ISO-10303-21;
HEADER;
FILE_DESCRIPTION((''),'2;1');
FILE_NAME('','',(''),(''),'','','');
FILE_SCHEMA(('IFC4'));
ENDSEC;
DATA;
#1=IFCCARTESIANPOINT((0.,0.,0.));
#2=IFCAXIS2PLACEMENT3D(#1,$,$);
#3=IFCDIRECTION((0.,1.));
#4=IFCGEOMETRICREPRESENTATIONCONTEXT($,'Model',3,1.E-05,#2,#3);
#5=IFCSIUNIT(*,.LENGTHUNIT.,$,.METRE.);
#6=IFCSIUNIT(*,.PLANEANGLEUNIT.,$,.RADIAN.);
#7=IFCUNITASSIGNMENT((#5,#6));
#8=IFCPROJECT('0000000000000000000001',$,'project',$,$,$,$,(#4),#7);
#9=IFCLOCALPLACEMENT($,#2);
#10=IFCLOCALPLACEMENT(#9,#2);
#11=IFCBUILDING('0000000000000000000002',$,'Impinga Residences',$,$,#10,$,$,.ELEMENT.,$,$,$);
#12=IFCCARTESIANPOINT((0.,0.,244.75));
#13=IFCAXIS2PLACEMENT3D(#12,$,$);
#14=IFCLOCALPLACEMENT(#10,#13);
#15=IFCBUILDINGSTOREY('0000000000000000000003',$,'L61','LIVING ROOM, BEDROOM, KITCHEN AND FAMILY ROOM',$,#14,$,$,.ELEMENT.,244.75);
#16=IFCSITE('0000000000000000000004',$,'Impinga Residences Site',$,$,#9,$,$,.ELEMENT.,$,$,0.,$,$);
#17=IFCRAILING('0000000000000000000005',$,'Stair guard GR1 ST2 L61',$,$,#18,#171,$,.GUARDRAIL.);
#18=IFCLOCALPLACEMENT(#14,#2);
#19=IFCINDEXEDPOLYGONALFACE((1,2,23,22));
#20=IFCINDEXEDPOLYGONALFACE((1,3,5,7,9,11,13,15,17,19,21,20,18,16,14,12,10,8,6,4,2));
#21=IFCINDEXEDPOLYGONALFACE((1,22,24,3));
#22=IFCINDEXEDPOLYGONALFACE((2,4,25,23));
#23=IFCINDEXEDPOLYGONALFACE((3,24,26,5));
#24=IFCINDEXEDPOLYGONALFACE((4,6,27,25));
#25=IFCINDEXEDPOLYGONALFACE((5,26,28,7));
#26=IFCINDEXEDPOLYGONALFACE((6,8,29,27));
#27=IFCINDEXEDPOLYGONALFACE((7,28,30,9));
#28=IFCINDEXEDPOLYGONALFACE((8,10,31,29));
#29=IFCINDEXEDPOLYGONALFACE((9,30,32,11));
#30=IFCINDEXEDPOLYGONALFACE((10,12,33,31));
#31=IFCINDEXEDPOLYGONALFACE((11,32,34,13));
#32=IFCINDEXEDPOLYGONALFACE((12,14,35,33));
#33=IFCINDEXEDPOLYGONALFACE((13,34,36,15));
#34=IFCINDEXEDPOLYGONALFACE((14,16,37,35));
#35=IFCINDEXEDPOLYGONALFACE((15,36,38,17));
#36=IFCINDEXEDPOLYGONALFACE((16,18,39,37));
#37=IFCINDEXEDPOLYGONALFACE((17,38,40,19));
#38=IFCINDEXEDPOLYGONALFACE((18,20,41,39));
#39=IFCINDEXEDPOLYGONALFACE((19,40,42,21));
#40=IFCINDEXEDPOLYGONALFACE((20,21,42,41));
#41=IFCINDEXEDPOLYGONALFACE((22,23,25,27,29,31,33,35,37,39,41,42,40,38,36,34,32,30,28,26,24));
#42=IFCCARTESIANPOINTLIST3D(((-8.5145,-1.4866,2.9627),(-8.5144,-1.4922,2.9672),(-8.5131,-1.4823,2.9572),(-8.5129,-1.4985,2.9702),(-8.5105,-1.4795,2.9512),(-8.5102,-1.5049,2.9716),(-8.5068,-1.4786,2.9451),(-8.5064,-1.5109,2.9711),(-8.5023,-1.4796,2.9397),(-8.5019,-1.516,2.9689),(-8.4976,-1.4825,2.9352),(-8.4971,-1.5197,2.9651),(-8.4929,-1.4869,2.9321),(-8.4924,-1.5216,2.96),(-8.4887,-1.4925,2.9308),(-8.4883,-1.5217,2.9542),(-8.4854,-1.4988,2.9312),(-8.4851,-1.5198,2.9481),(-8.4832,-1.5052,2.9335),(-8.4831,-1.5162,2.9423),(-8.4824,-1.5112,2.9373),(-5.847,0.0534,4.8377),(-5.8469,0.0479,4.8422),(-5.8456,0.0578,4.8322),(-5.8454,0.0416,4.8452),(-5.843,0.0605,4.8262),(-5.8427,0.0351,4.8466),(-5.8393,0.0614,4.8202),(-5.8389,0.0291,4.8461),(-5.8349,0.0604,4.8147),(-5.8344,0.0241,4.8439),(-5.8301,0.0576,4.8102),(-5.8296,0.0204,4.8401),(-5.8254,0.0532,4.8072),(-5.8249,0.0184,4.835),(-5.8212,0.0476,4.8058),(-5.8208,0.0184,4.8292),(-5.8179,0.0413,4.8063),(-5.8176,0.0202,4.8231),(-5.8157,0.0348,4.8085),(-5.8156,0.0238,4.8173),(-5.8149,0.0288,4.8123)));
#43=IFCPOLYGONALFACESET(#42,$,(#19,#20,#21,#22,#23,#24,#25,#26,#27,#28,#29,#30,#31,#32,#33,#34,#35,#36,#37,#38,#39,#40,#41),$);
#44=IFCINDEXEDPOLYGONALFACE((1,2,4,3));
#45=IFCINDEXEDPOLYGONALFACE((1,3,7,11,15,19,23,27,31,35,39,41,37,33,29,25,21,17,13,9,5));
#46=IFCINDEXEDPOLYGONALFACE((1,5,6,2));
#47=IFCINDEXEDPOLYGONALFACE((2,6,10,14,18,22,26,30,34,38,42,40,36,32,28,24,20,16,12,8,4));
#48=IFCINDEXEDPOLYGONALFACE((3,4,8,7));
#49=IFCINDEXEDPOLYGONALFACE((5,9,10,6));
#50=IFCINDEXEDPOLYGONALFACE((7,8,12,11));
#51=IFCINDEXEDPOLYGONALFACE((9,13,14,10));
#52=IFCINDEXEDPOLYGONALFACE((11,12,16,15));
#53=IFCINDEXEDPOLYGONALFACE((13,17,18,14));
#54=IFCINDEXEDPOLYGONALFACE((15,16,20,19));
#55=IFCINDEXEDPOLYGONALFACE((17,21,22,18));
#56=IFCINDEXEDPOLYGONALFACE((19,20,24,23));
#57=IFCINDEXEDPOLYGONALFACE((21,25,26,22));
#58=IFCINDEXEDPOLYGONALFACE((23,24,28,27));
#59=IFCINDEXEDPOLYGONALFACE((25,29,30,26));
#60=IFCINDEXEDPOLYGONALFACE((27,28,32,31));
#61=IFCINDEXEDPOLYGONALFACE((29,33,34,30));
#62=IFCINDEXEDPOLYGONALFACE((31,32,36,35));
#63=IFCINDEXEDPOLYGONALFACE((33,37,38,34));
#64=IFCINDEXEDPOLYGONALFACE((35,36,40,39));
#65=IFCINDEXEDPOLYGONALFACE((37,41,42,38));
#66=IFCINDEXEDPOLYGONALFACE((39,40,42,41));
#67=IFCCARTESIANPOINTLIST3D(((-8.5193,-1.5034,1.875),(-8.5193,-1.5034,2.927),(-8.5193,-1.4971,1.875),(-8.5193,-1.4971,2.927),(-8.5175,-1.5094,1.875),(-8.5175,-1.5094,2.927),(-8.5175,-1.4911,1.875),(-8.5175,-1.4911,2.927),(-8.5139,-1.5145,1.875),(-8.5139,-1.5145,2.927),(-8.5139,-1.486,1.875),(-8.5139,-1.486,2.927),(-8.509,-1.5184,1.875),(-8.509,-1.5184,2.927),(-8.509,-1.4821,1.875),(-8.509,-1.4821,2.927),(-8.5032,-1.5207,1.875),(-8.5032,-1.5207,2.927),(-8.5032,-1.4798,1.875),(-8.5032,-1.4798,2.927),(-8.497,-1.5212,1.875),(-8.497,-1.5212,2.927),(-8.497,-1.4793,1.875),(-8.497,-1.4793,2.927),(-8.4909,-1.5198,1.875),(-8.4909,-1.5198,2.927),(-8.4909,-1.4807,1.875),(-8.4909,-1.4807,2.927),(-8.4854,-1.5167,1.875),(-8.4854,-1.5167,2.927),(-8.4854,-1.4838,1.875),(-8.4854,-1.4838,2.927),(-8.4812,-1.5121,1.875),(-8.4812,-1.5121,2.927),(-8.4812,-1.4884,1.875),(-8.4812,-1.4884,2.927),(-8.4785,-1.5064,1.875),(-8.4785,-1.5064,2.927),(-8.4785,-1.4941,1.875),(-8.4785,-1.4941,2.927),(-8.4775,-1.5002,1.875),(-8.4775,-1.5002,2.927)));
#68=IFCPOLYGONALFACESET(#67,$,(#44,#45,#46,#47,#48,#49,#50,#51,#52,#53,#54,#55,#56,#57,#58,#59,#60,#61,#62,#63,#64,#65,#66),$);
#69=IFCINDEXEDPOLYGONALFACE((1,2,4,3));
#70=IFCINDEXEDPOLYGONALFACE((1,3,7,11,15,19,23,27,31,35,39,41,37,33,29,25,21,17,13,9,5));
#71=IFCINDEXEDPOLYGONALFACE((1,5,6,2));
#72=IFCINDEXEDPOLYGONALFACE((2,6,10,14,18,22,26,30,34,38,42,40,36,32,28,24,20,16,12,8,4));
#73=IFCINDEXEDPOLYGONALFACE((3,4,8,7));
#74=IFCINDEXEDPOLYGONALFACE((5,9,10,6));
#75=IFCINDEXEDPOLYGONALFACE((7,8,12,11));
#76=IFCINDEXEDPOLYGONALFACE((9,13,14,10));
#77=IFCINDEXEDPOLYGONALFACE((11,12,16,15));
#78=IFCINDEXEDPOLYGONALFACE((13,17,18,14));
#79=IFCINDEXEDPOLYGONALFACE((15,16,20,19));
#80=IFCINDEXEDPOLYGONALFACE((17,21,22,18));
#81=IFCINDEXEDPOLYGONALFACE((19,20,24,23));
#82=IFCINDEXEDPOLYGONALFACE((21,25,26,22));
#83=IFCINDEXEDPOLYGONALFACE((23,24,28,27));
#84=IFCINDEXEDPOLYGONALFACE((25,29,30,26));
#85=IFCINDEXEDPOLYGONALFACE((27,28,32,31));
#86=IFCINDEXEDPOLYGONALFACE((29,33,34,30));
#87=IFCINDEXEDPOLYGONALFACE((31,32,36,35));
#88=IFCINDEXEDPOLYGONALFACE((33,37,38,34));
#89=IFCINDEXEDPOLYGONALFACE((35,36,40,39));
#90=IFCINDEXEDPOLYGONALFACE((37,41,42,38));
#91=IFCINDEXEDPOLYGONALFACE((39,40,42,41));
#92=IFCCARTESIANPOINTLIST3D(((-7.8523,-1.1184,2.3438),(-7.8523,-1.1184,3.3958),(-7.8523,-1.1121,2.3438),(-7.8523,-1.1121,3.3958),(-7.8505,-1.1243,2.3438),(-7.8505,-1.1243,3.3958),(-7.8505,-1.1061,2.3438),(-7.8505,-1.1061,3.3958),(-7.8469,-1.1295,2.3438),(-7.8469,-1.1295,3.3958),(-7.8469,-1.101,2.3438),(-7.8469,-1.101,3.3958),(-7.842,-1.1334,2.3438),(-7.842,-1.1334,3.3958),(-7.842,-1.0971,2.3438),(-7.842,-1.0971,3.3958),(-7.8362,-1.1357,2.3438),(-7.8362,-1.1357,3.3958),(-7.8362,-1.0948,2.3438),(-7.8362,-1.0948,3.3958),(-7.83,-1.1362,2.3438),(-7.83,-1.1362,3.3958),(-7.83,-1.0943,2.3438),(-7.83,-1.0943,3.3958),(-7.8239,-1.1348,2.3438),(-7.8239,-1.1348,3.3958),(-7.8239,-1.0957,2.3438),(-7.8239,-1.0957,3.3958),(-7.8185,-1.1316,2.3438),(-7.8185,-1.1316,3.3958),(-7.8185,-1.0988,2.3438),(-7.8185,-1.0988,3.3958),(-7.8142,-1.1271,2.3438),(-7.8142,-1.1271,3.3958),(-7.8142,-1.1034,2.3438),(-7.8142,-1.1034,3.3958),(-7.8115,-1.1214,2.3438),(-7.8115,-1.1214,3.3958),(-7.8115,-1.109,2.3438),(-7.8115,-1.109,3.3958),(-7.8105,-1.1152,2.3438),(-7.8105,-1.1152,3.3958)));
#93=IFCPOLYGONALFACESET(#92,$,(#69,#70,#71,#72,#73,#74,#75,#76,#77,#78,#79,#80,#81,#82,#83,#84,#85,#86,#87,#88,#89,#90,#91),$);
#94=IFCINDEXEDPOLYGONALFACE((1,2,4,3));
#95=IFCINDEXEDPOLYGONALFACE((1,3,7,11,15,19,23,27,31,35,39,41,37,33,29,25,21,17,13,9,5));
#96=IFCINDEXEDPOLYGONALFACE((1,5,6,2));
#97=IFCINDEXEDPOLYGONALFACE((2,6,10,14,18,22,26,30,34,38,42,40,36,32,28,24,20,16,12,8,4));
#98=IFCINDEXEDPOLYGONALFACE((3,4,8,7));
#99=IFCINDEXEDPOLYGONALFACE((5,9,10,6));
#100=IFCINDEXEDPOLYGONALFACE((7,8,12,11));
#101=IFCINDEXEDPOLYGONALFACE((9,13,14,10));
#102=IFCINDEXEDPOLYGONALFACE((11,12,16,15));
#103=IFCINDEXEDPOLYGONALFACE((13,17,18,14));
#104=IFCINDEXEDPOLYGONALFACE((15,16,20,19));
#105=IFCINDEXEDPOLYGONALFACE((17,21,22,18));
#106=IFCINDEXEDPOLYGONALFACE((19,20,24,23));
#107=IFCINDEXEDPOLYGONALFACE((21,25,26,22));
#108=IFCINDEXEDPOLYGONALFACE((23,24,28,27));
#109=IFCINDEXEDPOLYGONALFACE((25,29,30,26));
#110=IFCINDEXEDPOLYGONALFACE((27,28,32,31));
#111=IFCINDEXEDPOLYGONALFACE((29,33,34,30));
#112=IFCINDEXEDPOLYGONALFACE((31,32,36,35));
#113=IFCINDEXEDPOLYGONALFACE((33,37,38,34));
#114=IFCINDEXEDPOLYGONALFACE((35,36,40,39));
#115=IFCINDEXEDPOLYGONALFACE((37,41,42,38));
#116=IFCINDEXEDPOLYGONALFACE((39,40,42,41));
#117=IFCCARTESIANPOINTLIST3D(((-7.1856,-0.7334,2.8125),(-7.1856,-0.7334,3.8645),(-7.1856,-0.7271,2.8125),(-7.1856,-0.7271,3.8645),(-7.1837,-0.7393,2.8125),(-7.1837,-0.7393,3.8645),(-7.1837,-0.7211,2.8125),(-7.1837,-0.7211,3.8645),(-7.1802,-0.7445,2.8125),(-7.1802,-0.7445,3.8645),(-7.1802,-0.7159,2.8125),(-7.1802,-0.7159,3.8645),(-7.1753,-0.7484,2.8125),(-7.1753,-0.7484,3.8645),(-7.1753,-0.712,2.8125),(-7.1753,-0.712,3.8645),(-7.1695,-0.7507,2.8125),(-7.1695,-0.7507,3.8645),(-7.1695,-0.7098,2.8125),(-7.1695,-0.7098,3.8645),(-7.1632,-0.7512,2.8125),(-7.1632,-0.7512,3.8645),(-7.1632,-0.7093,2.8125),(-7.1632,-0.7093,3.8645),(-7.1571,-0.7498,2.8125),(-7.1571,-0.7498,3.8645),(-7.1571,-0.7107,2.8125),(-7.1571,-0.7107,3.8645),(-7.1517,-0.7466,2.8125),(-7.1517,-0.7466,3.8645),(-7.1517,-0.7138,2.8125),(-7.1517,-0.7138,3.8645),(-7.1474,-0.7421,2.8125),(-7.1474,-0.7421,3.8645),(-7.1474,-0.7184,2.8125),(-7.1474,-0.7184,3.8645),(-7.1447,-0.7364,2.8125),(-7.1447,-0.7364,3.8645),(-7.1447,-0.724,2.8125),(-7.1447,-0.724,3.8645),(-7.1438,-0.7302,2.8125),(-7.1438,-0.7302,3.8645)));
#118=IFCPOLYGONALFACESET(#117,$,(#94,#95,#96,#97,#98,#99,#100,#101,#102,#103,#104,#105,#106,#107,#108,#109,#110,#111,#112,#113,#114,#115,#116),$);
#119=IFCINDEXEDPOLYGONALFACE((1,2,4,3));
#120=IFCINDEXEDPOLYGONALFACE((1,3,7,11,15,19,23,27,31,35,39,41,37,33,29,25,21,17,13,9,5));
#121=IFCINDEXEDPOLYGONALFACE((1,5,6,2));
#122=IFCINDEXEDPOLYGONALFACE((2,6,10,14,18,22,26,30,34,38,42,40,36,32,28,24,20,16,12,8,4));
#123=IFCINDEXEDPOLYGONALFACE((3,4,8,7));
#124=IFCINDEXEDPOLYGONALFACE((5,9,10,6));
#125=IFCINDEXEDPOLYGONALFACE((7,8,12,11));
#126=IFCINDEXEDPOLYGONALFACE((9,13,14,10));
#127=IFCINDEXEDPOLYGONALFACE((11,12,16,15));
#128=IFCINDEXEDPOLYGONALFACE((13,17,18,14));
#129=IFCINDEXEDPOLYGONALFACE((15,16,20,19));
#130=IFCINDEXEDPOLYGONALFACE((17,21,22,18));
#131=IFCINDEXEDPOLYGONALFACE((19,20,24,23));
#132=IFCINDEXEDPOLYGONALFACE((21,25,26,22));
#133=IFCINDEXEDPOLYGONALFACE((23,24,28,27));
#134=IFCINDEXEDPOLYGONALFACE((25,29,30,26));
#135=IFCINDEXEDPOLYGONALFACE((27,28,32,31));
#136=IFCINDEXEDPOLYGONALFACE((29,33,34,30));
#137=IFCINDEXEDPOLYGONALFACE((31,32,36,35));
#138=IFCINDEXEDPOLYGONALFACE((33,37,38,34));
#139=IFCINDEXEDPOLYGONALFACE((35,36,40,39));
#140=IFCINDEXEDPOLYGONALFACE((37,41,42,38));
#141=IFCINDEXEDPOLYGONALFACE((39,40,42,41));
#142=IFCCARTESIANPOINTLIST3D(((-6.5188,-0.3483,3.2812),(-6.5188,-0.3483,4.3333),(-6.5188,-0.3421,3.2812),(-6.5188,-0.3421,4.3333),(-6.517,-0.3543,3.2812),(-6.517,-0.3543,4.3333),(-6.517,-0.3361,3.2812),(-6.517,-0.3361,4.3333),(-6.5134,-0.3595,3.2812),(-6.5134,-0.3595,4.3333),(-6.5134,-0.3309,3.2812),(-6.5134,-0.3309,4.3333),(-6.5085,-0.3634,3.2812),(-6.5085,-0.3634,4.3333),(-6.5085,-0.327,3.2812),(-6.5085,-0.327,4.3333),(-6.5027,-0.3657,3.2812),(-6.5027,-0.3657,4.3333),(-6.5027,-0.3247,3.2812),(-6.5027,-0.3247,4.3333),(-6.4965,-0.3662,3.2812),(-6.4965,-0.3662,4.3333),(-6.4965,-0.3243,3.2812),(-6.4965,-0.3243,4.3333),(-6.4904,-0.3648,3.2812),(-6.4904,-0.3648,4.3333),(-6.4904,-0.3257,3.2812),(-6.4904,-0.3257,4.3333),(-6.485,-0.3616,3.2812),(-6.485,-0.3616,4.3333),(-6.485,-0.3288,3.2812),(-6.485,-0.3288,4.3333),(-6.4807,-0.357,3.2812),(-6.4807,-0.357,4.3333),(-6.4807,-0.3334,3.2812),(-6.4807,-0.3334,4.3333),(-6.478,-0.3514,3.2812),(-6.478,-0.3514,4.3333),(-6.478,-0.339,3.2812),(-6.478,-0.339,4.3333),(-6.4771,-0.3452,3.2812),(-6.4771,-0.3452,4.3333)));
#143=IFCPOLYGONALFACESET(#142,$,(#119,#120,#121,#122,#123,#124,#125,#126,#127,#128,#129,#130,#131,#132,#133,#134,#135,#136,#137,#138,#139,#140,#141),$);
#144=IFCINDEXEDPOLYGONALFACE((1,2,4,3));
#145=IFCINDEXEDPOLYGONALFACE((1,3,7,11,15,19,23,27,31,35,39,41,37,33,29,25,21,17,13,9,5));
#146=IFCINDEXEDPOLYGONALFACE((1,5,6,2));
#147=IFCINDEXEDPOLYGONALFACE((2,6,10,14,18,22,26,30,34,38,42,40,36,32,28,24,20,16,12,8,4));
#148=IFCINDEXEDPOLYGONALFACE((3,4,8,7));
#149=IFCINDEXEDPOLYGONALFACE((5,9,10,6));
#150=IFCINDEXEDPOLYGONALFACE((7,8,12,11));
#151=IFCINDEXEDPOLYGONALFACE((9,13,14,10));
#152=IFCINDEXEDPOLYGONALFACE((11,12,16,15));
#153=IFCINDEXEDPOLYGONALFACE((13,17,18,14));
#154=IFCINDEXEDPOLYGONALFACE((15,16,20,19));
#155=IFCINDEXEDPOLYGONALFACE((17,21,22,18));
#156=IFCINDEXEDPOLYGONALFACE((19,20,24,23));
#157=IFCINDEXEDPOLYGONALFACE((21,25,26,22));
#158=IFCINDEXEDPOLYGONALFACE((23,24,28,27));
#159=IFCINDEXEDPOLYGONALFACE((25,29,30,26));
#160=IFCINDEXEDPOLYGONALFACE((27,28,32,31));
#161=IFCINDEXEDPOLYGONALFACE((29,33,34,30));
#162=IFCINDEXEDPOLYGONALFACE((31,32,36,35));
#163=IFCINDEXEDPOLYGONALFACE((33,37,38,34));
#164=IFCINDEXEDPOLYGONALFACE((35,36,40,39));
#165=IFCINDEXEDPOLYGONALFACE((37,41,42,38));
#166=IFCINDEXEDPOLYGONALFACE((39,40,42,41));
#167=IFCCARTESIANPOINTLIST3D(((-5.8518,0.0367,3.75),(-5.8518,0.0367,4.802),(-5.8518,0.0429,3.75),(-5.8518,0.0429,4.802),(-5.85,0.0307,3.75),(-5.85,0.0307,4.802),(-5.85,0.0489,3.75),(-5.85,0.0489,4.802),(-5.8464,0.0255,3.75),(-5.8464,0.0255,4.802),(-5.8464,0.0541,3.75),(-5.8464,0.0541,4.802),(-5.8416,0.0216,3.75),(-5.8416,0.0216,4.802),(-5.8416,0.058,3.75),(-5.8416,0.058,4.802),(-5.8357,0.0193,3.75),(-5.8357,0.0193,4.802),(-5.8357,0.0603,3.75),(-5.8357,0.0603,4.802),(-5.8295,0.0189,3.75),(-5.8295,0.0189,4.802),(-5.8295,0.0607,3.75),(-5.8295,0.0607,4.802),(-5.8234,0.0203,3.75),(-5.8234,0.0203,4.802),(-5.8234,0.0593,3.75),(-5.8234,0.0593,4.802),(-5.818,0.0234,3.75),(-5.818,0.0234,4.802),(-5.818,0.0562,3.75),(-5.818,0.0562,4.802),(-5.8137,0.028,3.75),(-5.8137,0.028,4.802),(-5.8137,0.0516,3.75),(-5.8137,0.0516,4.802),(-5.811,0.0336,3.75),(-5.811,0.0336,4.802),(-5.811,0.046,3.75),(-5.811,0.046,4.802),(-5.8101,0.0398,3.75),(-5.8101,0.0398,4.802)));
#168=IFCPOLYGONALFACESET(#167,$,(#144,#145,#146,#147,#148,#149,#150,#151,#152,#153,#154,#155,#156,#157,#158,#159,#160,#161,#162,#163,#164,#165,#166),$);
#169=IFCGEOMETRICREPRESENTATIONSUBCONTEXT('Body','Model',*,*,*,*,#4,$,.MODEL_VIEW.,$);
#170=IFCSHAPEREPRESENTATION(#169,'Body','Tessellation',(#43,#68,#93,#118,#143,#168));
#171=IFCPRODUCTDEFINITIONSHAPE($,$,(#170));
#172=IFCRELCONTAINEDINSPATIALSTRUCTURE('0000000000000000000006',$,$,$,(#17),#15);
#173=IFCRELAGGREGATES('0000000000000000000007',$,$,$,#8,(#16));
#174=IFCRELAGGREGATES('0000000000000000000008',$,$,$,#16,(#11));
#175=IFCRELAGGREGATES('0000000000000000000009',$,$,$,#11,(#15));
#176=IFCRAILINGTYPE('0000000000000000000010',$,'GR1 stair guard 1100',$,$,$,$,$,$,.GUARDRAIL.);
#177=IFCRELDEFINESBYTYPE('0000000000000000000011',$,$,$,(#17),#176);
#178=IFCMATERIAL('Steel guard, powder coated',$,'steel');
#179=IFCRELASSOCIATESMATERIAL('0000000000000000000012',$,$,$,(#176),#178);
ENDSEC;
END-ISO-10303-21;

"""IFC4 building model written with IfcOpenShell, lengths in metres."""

from ifc_helpers import new_model, si_unit, direction, frame, origin, origin_2d, place, context, subcontext, project, spatial, circle, extrude, material, type_object, element, save


model = new_model("IFC4")

# Units and contexts
model_context = context("Model", 3, precision=1e-05, world=origin(), true_north=direction((0.0, 1.0)))
body_context = subcontext(model_context, "Body", "Model", "MODEL_VIEW")
ifc_project = project(units=[si_unit("LENGTHUNIT", "METRE"), si_unit("PLANEANGLEUNIT", "RADIAN")], contexts=[model_context])

# Site, building, storey
site_placement = place(None, origin())
site = spatial("IfcSite", under=ifc_project, at=site_placement, Name="Impinga Residences Site", CompositionType="ELEMENT", RefElevation=0.0)
building_placement = place(site_placement, origin())
building = spatial("IfcBuilding", under=site, at=building_placement, Name="Impinga Residences", CompositionType="ELEMENT")
storey_placement = place(building_placement, frame((0.0, 0.0, 244.75)))
storey = spatial("IfcBuildingStorey", under=building, at=storey_placement, Name="L61", Description="LIVING ROOM, BEDROOM, KITCHEN AND FAMILY ROOM", CompositionType="ELEMENT", Elevation=244.75)

# Railing
ifc_material_1 = material(Name="Steel guard, powder coated", Category="steel")
railing_type_1 = type_object("IfcRailingType", Name="GR1 stair guard 1100", PredefinedType="GUARDRAIL", material=ifc_material_1)
railing_1_placement = place(storey_placement, frame((-8.4985, -1.5002, 1.875)))
element("IfcRailing", 1, at=railing_1_placement, inside=storey, type_object=railing_type_1, Name="Stair guard GR1 ST2 L61", PredefinedType="GUARDRAIL", context=body_context, shape_type="SweptSolid", body=[
    extrude(circle(Radius=0.0239, at=origin_2d()), frame((0.0, 0.0, 1.0762), z_axis=(0.739746, 0.427084, 0.519975), x_axis=(-0.499992, 0.86603, 0.0)), (0.0, 0.0, 1.0), 3.606),
    extrude(circle(Radius=0.021, at=origin_2d()), origin(), (0.0, 0.0, 1.0), 1.052),
    extrude(circle(Radius=0.021, at=origin_2d()), frame((0.667, 0.385, 0.4688)), (0.0, 0.0, 1.0), 1.052),
    extrude(circle(Radius=0.021, at=origin_2d()), frame((1.3337, 0.77, 0.9375)), (0.0, 0.0, 1.0), 1.052),
    extrude(circle(Radius=0.021, at=origin_2d()), frame((2.0005, 1.155, 1.4062)), (0.0, 0.0, 1.0), 1.052),
    extrude(circle(Radius=0.021, at=origin_2d()), frame((2.6675, 1.54, 1.875)), (0.0, 0.0, 1.0), 1.052),
])

save(model, "model.ifc")
